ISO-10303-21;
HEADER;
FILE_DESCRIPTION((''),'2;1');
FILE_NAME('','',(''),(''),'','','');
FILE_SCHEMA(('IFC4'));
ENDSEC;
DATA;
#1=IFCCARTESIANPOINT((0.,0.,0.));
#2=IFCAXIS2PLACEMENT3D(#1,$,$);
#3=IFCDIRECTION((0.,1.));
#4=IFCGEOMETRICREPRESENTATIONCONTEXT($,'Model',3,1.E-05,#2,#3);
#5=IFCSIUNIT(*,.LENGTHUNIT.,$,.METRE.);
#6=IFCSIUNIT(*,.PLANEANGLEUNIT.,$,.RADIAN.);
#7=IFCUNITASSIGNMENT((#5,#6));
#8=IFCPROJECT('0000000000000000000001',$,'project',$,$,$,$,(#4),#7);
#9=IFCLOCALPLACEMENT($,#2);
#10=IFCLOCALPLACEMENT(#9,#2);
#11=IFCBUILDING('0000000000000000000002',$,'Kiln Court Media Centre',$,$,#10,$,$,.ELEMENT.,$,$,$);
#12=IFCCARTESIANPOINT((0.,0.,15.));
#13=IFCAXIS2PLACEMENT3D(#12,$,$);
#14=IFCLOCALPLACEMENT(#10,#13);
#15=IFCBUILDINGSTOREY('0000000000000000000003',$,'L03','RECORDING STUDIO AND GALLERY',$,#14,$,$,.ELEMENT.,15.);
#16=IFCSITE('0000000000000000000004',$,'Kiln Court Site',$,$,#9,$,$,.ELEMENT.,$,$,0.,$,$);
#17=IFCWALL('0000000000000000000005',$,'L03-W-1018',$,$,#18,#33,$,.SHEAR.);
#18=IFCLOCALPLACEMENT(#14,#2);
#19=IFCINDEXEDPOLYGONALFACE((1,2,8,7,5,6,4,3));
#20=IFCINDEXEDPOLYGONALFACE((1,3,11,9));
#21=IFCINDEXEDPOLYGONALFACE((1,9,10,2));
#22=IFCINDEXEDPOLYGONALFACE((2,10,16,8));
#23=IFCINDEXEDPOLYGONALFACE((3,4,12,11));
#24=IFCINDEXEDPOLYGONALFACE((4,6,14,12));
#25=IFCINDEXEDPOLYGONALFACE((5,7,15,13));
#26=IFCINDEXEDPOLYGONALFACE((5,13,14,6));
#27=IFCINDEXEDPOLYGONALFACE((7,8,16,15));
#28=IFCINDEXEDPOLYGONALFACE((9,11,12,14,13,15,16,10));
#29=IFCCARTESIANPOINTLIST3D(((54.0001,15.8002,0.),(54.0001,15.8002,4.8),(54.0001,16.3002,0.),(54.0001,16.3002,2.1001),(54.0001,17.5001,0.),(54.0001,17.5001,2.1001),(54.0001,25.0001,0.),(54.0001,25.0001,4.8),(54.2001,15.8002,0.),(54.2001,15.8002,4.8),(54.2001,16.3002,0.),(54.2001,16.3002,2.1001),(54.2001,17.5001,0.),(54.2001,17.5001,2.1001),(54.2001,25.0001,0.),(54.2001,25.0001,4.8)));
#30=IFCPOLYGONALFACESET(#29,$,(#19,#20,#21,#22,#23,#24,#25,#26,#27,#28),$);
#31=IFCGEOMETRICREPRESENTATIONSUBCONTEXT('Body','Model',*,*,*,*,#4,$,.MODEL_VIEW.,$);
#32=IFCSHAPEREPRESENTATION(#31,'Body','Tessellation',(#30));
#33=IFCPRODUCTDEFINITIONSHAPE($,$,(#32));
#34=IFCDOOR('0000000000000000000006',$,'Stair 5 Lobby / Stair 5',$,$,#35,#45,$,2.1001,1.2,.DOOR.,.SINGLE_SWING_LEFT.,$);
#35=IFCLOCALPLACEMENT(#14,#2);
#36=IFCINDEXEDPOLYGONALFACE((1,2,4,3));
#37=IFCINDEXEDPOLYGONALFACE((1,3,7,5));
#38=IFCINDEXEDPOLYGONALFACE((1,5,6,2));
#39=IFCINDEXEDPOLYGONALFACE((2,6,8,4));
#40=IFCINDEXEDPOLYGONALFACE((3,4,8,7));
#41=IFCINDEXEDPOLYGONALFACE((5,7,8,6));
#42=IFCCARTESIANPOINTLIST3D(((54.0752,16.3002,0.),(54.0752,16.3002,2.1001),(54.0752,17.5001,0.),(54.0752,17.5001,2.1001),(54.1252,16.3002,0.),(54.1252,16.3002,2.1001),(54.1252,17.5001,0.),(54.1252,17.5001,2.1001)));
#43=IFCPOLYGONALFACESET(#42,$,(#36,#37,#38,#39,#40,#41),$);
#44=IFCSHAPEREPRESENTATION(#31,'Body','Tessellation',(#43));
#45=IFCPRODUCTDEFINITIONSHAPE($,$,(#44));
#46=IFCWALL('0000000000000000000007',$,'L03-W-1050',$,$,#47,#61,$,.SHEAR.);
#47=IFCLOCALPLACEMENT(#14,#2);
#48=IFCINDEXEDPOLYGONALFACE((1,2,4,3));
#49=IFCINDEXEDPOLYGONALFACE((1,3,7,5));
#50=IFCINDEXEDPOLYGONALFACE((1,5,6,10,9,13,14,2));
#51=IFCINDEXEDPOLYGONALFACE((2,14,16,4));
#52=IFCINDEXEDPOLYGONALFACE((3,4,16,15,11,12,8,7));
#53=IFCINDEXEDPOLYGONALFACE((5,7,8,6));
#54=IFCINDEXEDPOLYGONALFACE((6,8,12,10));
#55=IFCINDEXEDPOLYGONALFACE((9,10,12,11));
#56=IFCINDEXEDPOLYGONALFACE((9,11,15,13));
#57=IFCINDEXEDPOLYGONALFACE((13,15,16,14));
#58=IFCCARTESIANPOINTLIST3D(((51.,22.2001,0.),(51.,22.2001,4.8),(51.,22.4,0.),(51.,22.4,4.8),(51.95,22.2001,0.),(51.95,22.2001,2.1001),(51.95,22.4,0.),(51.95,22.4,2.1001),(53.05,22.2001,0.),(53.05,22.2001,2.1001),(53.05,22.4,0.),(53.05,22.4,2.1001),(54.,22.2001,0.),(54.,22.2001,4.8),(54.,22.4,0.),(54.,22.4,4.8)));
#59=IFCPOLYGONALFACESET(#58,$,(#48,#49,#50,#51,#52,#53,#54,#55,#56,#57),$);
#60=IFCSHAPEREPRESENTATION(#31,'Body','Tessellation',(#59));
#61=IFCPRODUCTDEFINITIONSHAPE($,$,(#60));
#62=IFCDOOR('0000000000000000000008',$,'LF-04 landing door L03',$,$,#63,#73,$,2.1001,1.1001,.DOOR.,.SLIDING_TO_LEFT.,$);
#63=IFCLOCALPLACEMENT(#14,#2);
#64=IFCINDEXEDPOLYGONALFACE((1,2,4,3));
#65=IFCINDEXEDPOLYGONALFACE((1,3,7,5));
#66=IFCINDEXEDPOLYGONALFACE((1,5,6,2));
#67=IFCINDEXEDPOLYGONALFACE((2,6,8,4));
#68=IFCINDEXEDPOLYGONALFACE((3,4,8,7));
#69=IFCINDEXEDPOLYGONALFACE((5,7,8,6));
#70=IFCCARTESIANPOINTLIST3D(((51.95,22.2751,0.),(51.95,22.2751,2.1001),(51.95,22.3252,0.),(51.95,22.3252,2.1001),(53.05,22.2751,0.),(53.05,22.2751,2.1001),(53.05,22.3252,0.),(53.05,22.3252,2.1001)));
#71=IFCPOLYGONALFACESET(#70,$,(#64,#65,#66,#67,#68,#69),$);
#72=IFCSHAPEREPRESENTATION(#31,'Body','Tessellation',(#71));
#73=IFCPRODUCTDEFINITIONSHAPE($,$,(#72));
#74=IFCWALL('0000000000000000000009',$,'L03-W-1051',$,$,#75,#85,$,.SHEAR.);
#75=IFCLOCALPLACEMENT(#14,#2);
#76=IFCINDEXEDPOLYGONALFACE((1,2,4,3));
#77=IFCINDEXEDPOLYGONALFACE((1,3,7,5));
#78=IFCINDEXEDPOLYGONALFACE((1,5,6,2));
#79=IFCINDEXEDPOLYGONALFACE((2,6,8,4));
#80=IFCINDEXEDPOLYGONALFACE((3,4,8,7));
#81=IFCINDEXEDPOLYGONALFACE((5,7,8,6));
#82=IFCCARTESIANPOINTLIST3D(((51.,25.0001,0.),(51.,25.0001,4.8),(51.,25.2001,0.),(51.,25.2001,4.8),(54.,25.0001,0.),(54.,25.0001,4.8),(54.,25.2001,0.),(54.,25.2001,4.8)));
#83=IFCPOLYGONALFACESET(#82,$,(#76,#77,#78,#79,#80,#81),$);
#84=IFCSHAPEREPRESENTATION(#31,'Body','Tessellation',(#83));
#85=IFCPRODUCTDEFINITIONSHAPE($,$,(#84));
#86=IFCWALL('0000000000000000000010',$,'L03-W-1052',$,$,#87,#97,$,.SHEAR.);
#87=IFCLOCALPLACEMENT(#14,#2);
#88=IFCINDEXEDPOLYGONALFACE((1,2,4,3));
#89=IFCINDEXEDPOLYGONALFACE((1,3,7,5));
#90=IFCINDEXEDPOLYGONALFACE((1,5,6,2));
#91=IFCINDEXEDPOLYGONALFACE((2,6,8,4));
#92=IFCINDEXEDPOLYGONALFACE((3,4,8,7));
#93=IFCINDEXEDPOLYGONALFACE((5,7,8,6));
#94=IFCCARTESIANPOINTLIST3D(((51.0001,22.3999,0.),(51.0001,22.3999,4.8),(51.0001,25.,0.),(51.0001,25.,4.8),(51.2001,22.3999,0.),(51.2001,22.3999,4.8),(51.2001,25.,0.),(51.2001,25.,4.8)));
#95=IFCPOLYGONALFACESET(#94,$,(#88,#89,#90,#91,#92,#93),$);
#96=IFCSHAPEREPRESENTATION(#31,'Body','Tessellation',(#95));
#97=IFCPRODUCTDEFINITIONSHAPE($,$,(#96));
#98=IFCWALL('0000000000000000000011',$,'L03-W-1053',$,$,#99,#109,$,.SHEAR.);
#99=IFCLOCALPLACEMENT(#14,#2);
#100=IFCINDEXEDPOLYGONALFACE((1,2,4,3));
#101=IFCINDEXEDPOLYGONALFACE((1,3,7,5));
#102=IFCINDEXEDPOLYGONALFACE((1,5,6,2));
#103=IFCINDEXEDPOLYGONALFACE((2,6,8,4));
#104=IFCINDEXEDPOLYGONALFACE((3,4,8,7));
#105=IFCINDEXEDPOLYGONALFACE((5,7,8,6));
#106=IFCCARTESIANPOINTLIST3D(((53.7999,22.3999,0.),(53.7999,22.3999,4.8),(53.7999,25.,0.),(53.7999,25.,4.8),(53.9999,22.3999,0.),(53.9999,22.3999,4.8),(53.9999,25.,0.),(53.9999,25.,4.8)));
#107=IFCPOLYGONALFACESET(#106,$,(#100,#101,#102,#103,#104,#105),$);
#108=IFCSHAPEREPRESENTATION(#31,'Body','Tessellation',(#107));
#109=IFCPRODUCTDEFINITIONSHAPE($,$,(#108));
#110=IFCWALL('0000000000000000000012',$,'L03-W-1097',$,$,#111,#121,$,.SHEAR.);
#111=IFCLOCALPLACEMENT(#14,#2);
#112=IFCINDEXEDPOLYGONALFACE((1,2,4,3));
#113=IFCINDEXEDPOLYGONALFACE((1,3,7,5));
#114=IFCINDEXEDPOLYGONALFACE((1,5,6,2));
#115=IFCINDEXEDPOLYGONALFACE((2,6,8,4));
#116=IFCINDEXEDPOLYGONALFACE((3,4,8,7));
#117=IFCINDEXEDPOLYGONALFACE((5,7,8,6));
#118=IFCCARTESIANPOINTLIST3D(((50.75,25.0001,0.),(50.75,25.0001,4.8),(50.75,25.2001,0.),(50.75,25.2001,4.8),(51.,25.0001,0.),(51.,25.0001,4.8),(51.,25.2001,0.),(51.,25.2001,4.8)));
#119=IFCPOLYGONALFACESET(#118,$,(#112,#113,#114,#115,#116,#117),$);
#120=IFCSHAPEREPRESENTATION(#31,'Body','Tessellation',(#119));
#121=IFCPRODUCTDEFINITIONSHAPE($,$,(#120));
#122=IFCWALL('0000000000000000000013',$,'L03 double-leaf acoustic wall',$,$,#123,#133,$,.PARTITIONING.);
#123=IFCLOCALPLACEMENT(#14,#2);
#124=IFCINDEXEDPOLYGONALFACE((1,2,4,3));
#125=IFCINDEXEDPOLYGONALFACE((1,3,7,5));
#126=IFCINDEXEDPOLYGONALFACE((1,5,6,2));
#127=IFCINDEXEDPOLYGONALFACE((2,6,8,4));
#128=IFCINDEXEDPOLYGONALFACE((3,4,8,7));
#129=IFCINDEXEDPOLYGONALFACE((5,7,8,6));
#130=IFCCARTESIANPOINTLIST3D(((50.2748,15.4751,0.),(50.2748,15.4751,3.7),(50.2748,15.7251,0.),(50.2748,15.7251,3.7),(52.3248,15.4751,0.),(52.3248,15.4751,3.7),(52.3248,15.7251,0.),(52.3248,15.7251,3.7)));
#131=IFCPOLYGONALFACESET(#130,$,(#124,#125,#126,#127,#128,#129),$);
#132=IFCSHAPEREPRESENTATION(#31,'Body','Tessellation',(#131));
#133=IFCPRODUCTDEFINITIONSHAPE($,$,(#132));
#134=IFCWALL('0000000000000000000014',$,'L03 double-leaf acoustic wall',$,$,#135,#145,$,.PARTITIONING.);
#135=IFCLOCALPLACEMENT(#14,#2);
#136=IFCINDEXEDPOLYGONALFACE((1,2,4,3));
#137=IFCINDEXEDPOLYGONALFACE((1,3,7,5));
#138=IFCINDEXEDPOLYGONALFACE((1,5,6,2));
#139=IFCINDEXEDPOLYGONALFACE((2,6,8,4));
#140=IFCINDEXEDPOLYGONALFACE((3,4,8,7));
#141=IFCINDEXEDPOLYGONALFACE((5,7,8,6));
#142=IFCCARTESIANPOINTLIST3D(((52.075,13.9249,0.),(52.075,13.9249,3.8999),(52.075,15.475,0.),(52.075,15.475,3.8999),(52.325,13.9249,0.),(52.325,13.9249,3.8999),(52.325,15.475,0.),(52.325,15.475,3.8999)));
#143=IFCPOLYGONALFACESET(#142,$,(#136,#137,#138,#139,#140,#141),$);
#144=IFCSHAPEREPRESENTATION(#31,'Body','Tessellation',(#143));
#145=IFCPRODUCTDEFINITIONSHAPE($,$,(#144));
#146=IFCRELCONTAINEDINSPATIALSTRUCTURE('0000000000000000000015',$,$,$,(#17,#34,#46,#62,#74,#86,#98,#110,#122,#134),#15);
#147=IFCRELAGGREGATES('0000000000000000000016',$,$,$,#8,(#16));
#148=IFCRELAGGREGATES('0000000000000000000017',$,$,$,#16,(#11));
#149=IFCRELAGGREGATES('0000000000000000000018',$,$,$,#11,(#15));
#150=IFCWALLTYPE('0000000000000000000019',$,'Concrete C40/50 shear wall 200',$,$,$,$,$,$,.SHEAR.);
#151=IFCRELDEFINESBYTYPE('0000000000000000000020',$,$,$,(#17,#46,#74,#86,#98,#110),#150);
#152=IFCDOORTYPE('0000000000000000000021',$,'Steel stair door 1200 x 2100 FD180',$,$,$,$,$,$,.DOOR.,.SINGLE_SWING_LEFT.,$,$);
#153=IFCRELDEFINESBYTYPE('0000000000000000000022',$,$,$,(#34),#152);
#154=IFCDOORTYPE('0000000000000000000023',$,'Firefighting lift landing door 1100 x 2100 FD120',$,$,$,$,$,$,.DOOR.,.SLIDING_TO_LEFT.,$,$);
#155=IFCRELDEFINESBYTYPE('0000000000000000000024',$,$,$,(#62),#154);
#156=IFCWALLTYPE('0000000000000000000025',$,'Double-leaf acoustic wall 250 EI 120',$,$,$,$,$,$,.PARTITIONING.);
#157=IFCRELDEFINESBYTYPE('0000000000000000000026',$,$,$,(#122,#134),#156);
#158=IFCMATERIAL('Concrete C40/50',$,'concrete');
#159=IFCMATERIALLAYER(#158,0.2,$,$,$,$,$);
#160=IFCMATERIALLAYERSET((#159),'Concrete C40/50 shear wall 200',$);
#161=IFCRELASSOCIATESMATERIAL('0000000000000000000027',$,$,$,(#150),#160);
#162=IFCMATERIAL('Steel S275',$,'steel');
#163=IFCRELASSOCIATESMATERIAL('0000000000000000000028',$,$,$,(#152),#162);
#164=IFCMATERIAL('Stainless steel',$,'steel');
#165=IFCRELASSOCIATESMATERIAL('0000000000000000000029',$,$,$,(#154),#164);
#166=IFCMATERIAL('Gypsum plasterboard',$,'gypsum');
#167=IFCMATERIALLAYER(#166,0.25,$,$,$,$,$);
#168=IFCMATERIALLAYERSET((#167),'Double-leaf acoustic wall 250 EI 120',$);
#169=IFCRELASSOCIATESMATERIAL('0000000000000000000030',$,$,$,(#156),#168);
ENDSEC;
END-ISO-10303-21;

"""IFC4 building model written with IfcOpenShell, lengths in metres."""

from ifc_helpers import new_model, si_unit, direction, frame, frame_2d, origin, place, context, subcontext, project, spatial, rectangle, extrude, material, layer, layer_set, type_object, element, fill, save


model = new_model("IFC4")

# Units and contexts
model_context = context("Model", 3, precision=1e-05, world=origin(), true_north=direction((0.0, 1.0)))
body_context = subcontext(model_context, "Body", "Model", "MODEL_VIEW")
ifc_project = project(units=[si_unit("LENGTHUNIT", "METRE"), si_unit("PLANEANGLEUNIT", "RADIAN")], contexts=[model_context])

# Site, building, storey
site_placement = place(None, origin())
site = spatial("IfcSite", under=ifc_project, at=site_placement, Name="Kiln Court Site", CompositionType="ELEMENT", RefElevation=0.0)
building_placement = place(site_placement, origin())
building = spatial("IfcBuilding", under=site, at=building_placement, Name="Kiln Court Media Centre", CompositionType="ELEMENT")
storey_placement = place(building_placement, frame((0.0, 0.0, 15.0)))
storey = spatial("IfcBuildingStorey", under=building, at=storey_placement, Name="L03", Description="RECORDING STUDIO AND GALLERY", CompositionType="ELEMENT", Elevation=15.0)

# Shared definitions
ifc_material_1 = material(Name="Concrete C40/50", Category="concrete")
ifc_layer_1 = layer(ifc_material_1, 0.2)
ifc_layer_set_1 = layer_set([ifc_layer_1], Name="Concrete C40/50 shear wall 200")
wall_type_1 = type_object("IfcWallType", Name="Concrete C40/50 shear wall 200", PredefinedType="SHEAR", material=ifc_layer_set_1)

# Walls, openings, doors
wall_1_placement = place(storey_placement, frame((54.1001, 15.8, 0.0), z_axis=(0.0, 0.0, 1.0), x_axis=(0.0, 1.0, 0.0)))
wall_1 = element("IfcWall", 1, at=wall_1_placement, inside=storey, type_object=wall_type_1, Name="L03-W-1018", PredefinedType="SHEAR", context=body_context, shape_type="SweptSolid", body=[
    extrude(rectangle(XDim=9.2, YDim=0.2, at=frame_2d((4.6001, 0.0))), origin(), (0.0, 0.0, 1.0), 4.8),
])
opening_1_placement = place(wall_1_placement, frame((0.5, 0.0, 0.0)))
opening_1 = element("IfcOpeningElement", 2, at=opening_1_placement, cuts=wall_1, PredefinedType="OPENING", context=body_context, shape_type="SweptSolid", body=[
    extrude(rectangle(XDim=1.2, YDim=2.1001, at=frame_2d((0.6001, 1.05))), frame((0.0, 0.1099, 0.0), z_axis=(0.0, -1.0, 0.0), x_axis=(1.0, 0.0, 0.0)), (0.0, 0.0, 1.0), 0.22),
])
ifc_material_2 = material(Name="Steel S275", Category="steel")
door_type_1 = type_object("IfcDoorType", Name="Steel stair door 1200 x 2100 FD180", OperationType="SINGLE_SWING_LEFT", PredefinedType="DOOR", material=ifc_material_2)
door_1_placement = place(opening_1_placement, origin())
door_1 = element("IfcDoor", 3, at=door_1_placement, inside=storey, type_object=door_type_1, Name="Stair 5 Lobby / Stair 5", OperationType="SINGLE_SWING_LEFT", OverallHeight=2.1001, OverallWidth=1.2, PredefinedType="DOOR", context=body_context, shape_type="SweptSolid", body=[
    extrude(rectangle(XDim=1.2, YDim=2.1001, at=frame_2d((0.6001, 1.05))), frame((0.0, 0.0249, 0.0), z_axis=(0.0, -1.0, 0.0), x_axis=(1.0, 0.0, 0.0)), (0.0, 0.0, 1.0), 0.05),
])
fill(opening_1, door_1)
wall_2_placement = place(storey_placement, frame((54.0, 22.3, 0.0), z_axis=(0.0, 0.0, 1.0), x_axis=(-1.0, 0.0, 0.0)))
wall_2 = element("IfcWall", 4, at=wall_2_placement, inside=storey, type_object=wall_type_1, Name="L03-W-1050", PredefinedType="SHEAR", context=body_context, shape_type="SweptSolid", body=[
    extrude(rectangle(XDim=3.0, YDim=0.2, at=frame_2d((1.5, 0.0))), origin(), (0.0, 0.0, 1.0), 4.8),
])
opening_2_placement = place(wall_2_placement, frame((0.95, 0.0, 0.0)))
opening_2 = element("IfcOpeningElement", 5, at=opening_2_placement, cuts=wall_2, PredefinedType="OPENING", context=body_context, shape_type="SweptSolid", body=[
    extrude(rectangle(XDim=1.1001, YDim=2.1001, at=frame_2d((0.55, 1.05))), frame((0.0, 0.1099, 0.0), z_axis=(0.0, -1.0, 0.0), x_axis=(1.0, 0.0, 0.0)), (0.0, 0.0, 1.0), 0.22),
])
ifc_material_3 = material(Name="Stainless steel", Category="steel")
door_type_2 = type_object("IfcDoorType", Name="Firefighting lift landing door 1100 x 2100 FD120", OperationType="SLIDING_TO_LEFT", PredefinedType="DOOR", material=ifc_material_3)
door_2_placement = place(opening_2_placement, origin())
door_2 = element("IfcDoor", 6, at=door_2_placement, inside=storey, type_object=door_type_2, Name="LF-04 landing door L03", OperationType="SLIDING_TO_LEFT", OverallHeight=2.1001, OverallWidth=1.1001, PredefinedType="DOOR", context=body_context, shape_type="SweptSolid", body=[
    extrude(rectangle(XDim=1.1001, YDim=2.1001, at=frame_2d((0.55, 1.05))), frame((0.0, 0.0249, 0.0), z_axis=(0.0, -1.0, 0.0), x_axis=(1.0, 0.0, 0.0)), (0.0, 0.0, 1.0), 0.05),
])
fill(opening_2, door_2)

# Walls
wall_3_placement = place(storey_placement, frame((51.0, 25.1001, 0.0), z_axis=(0.0, 0.0, 1.0), x_axis=(1.0, 0.0, 0.0)))
element("IfcWall", 7, at=wall_3_placement, inside=storey, type_object=wall_type_1, Name="L03-W-1051", PredefinedType="SHEAR", context=body_context, shape_type="SweptSolid", body=[
    extrude(rectangle(XDim=3.0, YDim=0.2, at=frame_2d((1.5, 0.0))), origin(), (0.0, 0.0, 1.0), 4.8),
])
for number, where, z_axis, x_axis, name in (
    (8, (51.1001, 22.3999, 0.0), (0.0, 0.0, 1.0), (0.0, 1.0, 0.0), "L03-W-1052"),
    (9, (53.8999, 25.0, 0.0), (0.0, 0.0, 1.0), (0.0, -1.0, 0.0), "L03-W-1053"),
):
    element("IfcWall", number, at=place(storey_placement, frame(where, z_axis=z_axis, x_axis=x_axis)), inside=storey, type_object=wall_type_1, Name=name, PredefinedType="SHEAR", context=body_context, shape_type="SweptSolid", body=[
        extrude(rectangle(XDim=2.6001, YDim=0.2, at=frame_2d((1.3, 0.0))), origin(), (0.0, 0.0, 1.0), 4.8),
    ])
wall_4_placement = place(storey_placement, frame((50.75, 25.1001, 0.0), z_axis=(0.0, 0.0, 1.0), x_axis=(1.0, 0.0, 0.0)))
element("IfcWall", 10, at=wall_4_placement, inside=storey, type_object=wall_type_1, Name="L03-W-1097", PredefinedType="SHEAR", context=body_context, shape_type="SweptSolid", body=[
    extrude(rectangle(XDim=0.25, YDim=0.2, at=frame_2d((0.125, 0.0))), origin(), (0.0, 0.0, 1.0), 4.8),
])
ifc_material_4 = material(Name="Gypsum plasterboard", Category="gypsum")
ifc_layer_2 = layer(ifc_material_4, 0.25)
ifc_layer_set_2 = layer_set([ifc_layer_2], Name="Double-leaf acoustic wall 250 EI 120")
wall_type_2 = type_object("IfcWallType", Name="Double-leaf acoustic wall 250 EI 120", PredefinedType="PARTITIONING", material=ifc_layer_set_2)
wall_5_placement = place(storey_placement, frame((50.2749, 15.6001, 0.0), z_axis=(0.0, 0.0, 1.0), x_axis=(1.0, 0.0, 0.0)))
element("IfcWall", 11, at=wall_5_placement, inside=storey, type_object=wall_type_2, Name="L03 double-leaf acoustic wall", PredefinedType="PARTITIONING", context=body_context, shape_type="SweptSolid", body=[
    extrude(rectangle(XDim=2.05, YDim=0.25, at=frame_2d((1.0249, 0.0))), origin(), (0.0, 0.0, 1.0), 3.7),
])
wall_6_placement = place(storey_placement, frame((52.2, 13.925, 0.0), z_axis=(0.0, 0.0, 1.0), x_axis=(0.0, 1.0, 0.0)))
element("IfcWall", 12, at=wall_6_placement, inside=storey, type_object=wall_type_2, Name="L03 double-leaf acoustic wall", PredefinedType="PARTITIONING", context=body_context, shape_type="SweptSolid", body=[
    extrude(rectangle(XDim=1.55, YDim=0.25, at=frame_2d((0.7749, 0.0))), origin(), (0.0, 0.0, 1.0), 3.8999),
])

save(model, "model.ifc")
